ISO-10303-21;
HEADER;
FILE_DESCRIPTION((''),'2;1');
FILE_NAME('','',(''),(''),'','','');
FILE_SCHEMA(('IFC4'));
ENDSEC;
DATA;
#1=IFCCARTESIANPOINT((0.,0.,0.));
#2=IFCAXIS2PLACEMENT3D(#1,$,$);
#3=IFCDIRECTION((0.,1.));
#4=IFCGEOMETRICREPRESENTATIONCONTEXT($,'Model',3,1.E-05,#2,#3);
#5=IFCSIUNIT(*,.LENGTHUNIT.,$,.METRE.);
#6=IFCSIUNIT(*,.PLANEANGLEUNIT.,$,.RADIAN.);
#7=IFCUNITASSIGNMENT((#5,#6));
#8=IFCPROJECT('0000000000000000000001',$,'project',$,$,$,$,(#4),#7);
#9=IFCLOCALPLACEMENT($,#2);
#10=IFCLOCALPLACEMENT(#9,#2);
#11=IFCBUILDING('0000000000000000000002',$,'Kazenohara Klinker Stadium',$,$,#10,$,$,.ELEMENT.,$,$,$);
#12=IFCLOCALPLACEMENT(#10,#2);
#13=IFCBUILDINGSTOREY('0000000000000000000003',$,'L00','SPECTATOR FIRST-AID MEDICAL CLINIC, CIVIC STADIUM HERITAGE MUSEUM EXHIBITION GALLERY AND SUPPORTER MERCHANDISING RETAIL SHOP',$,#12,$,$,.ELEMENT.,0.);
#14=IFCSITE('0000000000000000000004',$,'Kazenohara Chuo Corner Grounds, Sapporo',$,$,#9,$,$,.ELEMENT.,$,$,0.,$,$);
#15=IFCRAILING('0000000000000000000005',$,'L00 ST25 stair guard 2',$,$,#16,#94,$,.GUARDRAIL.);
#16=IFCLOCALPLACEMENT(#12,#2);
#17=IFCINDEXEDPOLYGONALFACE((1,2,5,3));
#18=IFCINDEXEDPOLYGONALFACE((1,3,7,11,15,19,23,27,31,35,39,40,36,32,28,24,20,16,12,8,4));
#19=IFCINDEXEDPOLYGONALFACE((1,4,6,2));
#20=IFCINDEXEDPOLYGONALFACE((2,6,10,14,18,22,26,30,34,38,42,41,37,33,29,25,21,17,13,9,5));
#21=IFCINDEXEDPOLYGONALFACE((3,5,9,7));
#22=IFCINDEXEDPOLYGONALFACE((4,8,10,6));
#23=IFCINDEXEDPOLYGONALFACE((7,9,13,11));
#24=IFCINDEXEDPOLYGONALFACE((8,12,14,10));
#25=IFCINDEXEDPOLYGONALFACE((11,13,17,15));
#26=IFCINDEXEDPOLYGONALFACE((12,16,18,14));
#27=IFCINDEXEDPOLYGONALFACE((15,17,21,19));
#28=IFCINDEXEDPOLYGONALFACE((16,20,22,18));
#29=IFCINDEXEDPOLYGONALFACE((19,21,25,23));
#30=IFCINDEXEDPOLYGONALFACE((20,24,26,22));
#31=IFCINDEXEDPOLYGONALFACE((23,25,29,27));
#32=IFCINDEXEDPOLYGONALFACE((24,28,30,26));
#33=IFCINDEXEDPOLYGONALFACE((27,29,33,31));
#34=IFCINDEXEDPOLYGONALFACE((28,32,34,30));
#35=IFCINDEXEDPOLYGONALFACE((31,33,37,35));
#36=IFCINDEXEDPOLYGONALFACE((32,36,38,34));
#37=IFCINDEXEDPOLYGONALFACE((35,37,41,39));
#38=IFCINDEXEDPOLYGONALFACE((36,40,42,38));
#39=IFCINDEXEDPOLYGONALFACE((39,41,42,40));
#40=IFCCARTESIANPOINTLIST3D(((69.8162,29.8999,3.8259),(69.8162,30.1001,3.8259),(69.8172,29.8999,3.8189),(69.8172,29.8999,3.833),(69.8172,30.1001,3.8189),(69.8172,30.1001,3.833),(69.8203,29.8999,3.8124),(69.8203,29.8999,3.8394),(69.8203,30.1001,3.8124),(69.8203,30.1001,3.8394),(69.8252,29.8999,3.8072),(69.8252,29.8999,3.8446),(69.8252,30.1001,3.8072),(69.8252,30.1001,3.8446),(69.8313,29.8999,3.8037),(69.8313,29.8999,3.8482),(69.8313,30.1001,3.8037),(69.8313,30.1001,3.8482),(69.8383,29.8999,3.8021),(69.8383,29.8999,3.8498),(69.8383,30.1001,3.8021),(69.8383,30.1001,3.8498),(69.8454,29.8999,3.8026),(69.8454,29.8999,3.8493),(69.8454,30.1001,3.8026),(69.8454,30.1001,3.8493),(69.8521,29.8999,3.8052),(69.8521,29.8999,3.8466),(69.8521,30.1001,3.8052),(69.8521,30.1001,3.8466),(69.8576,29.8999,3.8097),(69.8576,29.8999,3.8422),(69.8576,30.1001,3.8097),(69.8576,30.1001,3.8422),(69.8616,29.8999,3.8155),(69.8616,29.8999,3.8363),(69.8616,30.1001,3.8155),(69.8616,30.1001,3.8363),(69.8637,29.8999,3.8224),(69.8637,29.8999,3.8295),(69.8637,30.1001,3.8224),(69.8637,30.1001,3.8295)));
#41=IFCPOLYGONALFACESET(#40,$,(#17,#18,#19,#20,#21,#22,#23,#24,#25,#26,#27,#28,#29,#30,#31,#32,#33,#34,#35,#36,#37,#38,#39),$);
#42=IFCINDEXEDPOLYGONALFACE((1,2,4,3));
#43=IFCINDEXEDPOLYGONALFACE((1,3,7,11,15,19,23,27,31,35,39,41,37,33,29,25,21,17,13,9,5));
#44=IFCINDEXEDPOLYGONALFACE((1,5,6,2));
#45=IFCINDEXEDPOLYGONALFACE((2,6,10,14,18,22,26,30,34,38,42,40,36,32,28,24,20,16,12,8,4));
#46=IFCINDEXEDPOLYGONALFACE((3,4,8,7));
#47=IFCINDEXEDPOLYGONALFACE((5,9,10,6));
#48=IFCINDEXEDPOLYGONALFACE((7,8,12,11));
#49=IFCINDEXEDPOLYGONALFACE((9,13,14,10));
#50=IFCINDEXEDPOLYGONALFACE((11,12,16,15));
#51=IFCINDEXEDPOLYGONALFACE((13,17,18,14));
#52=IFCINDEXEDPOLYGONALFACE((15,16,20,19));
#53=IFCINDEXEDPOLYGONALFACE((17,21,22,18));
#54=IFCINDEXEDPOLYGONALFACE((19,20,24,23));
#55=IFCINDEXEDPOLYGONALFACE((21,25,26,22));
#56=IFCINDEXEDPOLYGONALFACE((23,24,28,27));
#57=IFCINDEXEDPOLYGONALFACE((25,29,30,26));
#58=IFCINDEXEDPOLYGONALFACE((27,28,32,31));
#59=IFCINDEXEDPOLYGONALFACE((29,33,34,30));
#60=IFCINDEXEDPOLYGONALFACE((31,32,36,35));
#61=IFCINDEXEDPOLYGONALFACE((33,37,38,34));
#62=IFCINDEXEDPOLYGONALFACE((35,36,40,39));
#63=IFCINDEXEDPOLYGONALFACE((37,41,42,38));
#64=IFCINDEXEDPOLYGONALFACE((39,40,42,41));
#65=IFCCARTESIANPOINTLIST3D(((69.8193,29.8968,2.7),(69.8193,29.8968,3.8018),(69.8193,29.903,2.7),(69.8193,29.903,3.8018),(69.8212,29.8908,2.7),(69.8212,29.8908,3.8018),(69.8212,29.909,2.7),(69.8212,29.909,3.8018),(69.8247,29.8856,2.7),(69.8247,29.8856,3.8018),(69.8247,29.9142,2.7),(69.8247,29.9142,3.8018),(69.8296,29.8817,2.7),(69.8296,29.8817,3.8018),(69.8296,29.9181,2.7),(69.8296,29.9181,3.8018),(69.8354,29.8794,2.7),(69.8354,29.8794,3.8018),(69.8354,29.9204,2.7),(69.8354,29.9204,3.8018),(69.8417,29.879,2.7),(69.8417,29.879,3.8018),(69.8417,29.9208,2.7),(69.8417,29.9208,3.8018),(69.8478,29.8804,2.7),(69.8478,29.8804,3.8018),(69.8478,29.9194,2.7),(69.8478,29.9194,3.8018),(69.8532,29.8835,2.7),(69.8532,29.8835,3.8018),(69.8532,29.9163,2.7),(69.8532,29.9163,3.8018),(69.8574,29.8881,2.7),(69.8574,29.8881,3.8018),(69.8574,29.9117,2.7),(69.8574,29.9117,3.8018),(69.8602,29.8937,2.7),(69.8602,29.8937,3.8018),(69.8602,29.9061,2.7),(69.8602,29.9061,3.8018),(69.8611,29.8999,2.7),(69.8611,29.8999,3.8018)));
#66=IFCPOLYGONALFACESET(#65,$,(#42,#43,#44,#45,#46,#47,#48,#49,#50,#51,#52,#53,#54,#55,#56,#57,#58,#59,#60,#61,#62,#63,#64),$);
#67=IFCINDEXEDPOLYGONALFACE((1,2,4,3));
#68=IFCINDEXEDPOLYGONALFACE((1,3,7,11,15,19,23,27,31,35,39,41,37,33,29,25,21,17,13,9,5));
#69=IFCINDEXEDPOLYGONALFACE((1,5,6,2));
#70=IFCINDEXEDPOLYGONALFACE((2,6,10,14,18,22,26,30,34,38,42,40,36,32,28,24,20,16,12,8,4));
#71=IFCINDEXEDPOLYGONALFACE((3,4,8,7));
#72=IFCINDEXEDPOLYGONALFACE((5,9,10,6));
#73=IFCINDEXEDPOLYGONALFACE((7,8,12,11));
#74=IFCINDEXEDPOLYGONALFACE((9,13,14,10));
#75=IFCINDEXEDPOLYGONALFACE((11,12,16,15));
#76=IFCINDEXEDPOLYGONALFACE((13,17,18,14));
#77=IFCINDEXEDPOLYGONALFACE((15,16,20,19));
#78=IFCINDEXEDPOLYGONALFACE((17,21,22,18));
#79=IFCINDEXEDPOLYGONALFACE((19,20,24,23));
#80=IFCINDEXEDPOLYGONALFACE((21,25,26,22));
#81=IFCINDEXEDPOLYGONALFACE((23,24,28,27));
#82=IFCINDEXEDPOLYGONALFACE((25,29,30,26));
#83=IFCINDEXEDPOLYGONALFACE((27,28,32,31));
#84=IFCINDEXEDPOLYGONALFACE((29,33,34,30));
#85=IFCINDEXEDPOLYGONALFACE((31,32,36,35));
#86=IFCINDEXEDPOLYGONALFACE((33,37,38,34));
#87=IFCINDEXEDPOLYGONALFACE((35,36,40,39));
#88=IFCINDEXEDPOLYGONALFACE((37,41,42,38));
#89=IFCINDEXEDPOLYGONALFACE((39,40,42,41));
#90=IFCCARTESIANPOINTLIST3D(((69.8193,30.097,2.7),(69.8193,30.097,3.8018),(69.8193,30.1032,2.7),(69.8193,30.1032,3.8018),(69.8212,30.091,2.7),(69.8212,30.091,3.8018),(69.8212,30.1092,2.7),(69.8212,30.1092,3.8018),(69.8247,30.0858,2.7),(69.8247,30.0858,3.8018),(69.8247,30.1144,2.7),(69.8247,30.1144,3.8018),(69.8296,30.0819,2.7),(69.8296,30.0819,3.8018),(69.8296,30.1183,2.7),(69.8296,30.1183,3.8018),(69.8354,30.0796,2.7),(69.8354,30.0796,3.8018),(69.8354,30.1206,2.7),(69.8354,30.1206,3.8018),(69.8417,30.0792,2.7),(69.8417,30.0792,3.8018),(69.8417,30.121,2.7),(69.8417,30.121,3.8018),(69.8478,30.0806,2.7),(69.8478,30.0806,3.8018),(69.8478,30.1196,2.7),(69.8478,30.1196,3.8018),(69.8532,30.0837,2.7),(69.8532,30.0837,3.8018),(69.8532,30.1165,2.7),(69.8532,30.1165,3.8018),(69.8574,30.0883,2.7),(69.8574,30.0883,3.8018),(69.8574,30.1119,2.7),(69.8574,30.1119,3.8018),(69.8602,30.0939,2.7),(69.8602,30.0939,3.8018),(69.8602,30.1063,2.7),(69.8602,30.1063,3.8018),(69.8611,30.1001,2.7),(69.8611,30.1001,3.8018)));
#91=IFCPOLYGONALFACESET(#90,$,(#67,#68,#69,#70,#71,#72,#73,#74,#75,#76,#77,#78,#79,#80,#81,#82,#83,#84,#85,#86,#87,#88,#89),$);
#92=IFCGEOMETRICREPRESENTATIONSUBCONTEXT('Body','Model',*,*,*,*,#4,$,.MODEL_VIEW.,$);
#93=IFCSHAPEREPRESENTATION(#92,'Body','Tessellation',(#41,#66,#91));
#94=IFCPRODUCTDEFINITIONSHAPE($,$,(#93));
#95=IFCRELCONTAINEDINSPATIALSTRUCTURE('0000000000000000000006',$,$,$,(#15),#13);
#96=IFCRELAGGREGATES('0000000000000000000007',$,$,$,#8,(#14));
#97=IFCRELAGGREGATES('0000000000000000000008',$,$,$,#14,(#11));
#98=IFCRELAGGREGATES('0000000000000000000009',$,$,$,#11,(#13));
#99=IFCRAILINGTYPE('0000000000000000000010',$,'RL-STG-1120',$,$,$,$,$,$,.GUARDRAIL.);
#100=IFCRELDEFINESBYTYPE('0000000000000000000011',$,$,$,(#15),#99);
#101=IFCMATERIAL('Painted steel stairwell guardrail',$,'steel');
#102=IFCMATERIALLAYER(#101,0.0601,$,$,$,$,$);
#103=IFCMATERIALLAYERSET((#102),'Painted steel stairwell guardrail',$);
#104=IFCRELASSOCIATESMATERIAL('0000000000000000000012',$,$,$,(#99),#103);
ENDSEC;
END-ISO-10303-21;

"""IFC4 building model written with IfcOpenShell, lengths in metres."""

from ifc_helpers import new_model, si_unit, direction, frame, origin, origin_2d, place, context, subcontext, project, spatial, circle, extrude, material, layer, layer_set, type_object, element, save


model = new_model("IFC4")

# Units and contexts
model_context = context("Model", 3, precision=1e-05, world=origin(), true_north=direction((0.0, 1.0)))
body_context = subcontext(model_context, "Body", "Model", "MODEL_VIEW")
ifc_project = project(units=[si_unit("LENGTHUNIT", "METRE"), si_unit("PLANEANGLEUNIT", "RADIAN")], contexts=[model_context])

# Site, building, storey
site_placement = place(None, origin())
site = spatial("IfcSite", under=ifc_project, at=site_placement, Name="Kazenohara Chuo Corner Grounds, Sapporo", CompositionType="ELEMENT", RefElevation=0.0)
building_placement = place(site_placement, origin())
building = spatial("IfcBuilding", under=site, at=building_placement, Name="Kazenohara Klinker Stadium", CompositionType="ELEMENT")
storey_placement = place(building_placement, origin())
storey = spatial("IfcBuildingStorey", under=building, at=storey_placement, Name="L00", Description="SPECTATOR FIRST-AID MEDICAL CLINIC, CIVIC STADIUM HERITAGE MUSEUM EXHIBITION GALLERY AND SUPPORTER MERCHANDISING RETAIL SHOP", CompositionType="ELEMENT", Elevation=0.0)

# Railing
ifc_material_1 = material(Name="Painted steel stairwell guardrail", Category="steel")
ifc_layer_1 = layer(ifc_material_1, 0.0601)
ifc_layer_set_1 = layer_set([ifc_layer_1], Name="Painted steel stairwell guardrail")
railing_type_1 = type_object("IfcRailingType", Name="RL-STG-1120", PredefinedType="GUARDRAIL", material=ifc_layer_set_1)
railing_1_placement = place(storey_placement, frame((69.8401, 29.8999, 2.7)))
element("IfcRailing", 1, at=railing_1_placement, inside=storey, type_object=railing_type_1, Name="L00 ST25 stair guard 2", PredefinedType="GUARDRAIL", context=body_context, shape_type="SweptSolid", body=[
    extrude(circle(Radius=0.0239, at=origin_2d()), frame((0.0, 0.0, 1.126), z_axis=(0.0, 1.0, 0.0), x_axis=(-1.0, 0.0, 0.0)), (0.0, 0.0, 1.0), 0.2002),
    extrude(circle(Radius=0.021, at=origin_2d()), origin(), (0.0, 0.0, 1.0), 1.1018),
    extrude(circle(Radius=0.021, at=origin_2d()), frame((0.0, 0.2002, 0.0)), (0.0, 0.0, 1.0), 1.1018),
])

save(model, "model.ifc")
